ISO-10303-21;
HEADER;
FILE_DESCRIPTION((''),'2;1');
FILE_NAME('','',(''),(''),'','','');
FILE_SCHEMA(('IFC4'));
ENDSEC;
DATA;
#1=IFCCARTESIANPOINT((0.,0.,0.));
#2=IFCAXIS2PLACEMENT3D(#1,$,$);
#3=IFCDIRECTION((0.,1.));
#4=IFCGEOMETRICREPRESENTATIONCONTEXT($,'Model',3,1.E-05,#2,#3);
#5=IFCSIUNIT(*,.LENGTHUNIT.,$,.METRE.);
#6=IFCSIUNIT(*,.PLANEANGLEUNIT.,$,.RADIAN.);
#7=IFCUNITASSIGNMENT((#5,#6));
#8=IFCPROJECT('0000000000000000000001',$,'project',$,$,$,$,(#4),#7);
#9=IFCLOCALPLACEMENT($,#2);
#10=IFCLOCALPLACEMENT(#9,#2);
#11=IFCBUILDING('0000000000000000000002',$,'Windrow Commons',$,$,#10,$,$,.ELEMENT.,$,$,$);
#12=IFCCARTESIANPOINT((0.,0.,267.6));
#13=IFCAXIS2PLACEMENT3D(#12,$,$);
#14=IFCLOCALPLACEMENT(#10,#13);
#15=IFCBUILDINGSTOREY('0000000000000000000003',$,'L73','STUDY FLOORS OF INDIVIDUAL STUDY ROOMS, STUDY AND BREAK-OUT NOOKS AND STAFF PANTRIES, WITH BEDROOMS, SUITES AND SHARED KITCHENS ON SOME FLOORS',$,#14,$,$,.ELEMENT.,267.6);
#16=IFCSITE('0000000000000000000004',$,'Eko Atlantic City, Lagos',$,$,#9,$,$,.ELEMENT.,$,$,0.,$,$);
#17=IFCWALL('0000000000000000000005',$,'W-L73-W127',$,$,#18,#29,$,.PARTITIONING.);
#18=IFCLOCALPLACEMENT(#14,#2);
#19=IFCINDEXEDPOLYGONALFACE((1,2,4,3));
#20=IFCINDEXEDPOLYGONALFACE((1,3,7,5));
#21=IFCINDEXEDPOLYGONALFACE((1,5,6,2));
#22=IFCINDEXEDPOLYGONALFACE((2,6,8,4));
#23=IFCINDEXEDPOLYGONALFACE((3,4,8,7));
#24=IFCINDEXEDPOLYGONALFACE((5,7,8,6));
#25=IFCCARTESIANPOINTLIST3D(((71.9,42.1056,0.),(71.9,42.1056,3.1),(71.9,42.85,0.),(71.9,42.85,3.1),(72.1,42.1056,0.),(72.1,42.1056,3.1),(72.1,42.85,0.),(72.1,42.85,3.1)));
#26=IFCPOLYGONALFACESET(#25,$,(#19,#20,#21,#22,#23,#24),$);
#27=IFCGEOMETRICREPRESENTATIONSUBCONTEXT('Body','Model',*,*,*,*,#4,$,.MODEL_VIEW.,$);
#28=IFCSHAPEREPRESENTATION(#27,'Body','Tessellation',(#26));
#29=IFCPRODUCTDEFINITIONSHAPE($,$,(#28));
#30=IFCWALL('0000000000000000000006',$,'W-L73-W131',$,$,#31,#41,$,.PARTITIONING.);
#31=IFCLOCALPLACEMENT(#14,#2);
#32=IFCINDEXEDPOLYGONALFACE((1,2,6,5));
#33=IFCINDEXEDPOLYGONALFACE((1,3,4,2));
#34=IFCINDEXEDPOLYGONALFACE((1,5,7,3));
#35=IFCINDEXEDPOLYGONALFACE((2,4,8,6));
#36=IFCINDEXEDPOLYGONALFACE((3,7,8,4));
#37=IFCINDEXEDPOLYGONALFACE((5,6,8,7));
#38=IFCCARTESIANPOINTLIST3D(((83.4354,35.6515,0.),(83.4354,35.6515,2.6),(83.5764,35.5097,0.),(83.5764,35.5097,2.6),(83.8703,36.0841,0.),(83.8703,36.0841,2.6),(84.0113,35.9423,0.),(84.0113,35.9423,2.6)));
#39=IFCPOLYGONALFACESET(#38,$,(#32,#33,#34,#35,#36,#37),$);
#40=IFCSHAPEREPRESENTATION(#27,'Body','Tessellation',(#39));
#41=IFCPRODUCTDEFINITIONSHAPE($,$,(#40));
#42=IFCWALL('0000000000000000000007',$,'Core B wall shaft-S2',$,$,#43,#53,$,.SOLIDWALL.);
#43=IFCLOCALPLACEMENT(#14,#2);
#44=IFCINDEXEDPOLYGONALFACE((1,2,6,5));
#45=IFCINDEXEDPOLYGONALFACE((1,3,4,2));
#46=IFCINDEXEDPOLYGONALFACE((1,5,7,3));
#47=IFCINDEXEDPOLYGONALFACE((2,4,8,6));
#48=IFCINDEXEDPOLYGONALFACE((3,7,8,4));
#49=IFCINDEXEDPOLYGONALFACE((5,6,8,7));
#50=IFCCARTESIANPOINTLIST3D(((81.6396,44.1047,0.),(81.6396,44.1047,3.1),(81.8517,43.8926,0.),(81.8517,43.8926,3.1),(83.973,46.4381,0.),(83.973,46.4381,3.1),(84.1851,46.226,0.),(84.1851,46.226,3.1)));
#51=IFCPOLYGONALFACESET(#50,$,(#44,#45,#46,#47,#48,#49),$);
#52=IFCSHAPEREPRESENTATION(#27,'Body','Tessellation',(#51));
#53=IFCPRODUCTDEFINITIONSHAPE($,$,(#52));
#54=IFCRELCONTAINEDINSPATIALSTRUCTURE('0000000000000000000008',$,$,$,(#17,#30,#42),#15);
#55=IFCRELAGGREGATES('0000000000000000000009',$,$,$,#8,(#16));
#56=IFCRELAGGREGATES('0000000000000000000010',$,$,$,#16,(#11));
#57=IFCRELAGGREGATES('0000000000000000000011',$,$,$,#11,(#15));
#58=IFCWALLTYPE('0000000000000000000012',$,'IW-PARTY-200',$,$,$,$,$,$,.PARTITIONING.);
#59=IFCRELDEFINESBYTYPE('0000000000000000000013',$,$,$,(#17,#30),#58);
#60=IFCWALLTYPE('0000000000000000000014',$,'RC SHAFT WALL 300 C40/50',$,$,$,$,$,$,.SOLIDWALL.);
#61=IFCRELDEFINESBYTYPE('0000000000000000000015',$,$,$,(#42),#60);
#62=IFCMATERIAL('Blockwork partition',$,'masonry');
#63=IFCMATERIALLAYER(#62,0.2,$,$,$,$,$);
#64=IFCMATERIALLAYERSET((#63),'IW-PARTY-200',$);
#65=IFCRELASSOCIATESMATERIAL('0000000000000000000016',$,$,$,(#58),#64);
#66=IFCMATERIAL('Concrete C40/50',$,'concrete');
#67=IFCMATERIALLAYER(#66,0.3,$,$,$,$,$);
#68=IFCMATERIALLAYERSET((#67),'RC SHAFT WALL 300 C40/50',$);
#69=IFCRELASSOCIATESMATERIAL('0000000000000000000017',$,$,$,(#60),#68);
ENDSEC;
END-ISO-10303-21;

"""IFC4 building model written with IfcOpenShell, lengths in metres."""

from ifc_helpers import new_model, si_unit, direction, frame, frame_2d, origin, place, context, subcontext, project, spatial, rectangle, extrude, material, layer, layer_set, type_object, element, save


model = new_model("IFC4")

# Units and contexts
model_context = context("Model", 3, precision=1e-05, world=origin(), true_north=direction((0.0, 1.0)))
body_context = subcontext(model_context, "Body", "Model", "MODEL_VIEW")
ifc_project = project(units=[si_unit("LENGTHUNIT", "METRE"), si_unit("PLANEANGLEUNIT", "RADIAN")], contexts=[model_context])

# Site, building, storey
site_placement = place(None, origin())
site = spatial("IfcSite", under=ifc_project, at=site_placement, Name="Eko Atlantic City, Lagos", CompositionType="ELEMENT", RefElevation=0.0)
building_placement = place(site_placement, origin())
building = spatial("IfcBuilding", under=site, at=building_placement, Name="Windrow Commons", CompositionType="ELEMENT")
storey_placement = place(building_placement, frame((0.0, 0.0, 267.6)))
storey = spatial("IfcBuildingStorey", under=building, at=storey_placement, Name="L73", Description="STUDY FLOORS OF INDIVIDUAL STUDY ROOMS, STUDY AND BREAK-OUT NOOKS AND STAFF PANTRIES, WITH BEDROOMS, SUITES AND SHARED KITCHENS ON SOME FLOORS", CompositionType="ELEMENT", Elevation=267.6)

# Walls
ifc_material_1 = material(Name="Blockwork partition", Category="masonry")
ifc_layer_1 = layer(ifc_material_1, 0.2)
ifc_layer_set_1 = layer_set([ifc_layer_1], Name="IW-PARTY-200")
wall_type_1 = type_object("IfcWallType", Name="IW-PARTY-200", PredefinedType="PARTITIONING", material=ifc_layer_set_1)
wall_1_placement = place(storey_placement, frame((72.0, 42.1055, 0.0), z_axis=(0.0, 0.0, 1.0), x_axis=(0.0, 1.0, 0.0)))
element("IfcWall", 1, at=wall_1_placement, inside=storey, type_object=wall_type_1, Name="W-L73-W127", PredefinedType="PARTITIONING", context=body_context, shape_type="SweptSolid", body=[
    extrude(rectangle(XDim=0.7445, YDim=0.2, at=frame_2d((0.3723, 0.0))), origin(), (0.0, 0.0, 1.0), 3.1),
])
wall_2_placement = place(storey_placement, frame((83.5059, 35.5806, 0.0), z_axis=(0.0, 0.0, 1.0), x_axis=(0.708979, 0.70523, 0.0)))
element("IfcWall", 2, at=wall_2_placement, inside=storey, type_object=wall_type_1, Name="W-L73-W131", PredefinedType="PARTITIONING", context=body_context, shape_type="SweptSolid", body=[
    extrude(rectangle(XDim=0.6134, YDim=0.2, at=frame_2d((0.3067, 0.0))), origin(), (0.0, 0.0, 1.0), 2.6),
])
ifc_material_2 = material(Name="Concrete C40/50", Category="concrete")
ifc_layer_2 = layer(ifc_material_2, 0.3)
ifc_layer_set_2 = layer_set([ifc_layer_2], Name="RC SHAFT WALL 300 C40/50")
wall_type_2 = type_object("IfcWallType", Name="RC SHAFT WALL 300 C40/50", PredefinedType="SOLIDWALL", material=ifc_layer_set_2)
wall_3_placement = place(storey_placement, frame((81.7456, 43.9986, 0.0), z_axis=(0.0, 0.0, 1.0), x_axis=(0.707107, 0.707107, 0.0)))
element("IfcWall", 3, at=wall_3_placement, inside=storey, type_object=wall_type_2, Name="Core B wall shaft-S2", PredefinedType="SOLIDWALL", context=body_context, shape_type="SweptSolid", body=[
    extrude(rectangle(XDim=3.2999, YDim=0.3, at=frame_2d((1.65, 0.0))), origin(), (0.0, 0.0, 1.0), 3.1),
])

save(model, "model.ifc")
